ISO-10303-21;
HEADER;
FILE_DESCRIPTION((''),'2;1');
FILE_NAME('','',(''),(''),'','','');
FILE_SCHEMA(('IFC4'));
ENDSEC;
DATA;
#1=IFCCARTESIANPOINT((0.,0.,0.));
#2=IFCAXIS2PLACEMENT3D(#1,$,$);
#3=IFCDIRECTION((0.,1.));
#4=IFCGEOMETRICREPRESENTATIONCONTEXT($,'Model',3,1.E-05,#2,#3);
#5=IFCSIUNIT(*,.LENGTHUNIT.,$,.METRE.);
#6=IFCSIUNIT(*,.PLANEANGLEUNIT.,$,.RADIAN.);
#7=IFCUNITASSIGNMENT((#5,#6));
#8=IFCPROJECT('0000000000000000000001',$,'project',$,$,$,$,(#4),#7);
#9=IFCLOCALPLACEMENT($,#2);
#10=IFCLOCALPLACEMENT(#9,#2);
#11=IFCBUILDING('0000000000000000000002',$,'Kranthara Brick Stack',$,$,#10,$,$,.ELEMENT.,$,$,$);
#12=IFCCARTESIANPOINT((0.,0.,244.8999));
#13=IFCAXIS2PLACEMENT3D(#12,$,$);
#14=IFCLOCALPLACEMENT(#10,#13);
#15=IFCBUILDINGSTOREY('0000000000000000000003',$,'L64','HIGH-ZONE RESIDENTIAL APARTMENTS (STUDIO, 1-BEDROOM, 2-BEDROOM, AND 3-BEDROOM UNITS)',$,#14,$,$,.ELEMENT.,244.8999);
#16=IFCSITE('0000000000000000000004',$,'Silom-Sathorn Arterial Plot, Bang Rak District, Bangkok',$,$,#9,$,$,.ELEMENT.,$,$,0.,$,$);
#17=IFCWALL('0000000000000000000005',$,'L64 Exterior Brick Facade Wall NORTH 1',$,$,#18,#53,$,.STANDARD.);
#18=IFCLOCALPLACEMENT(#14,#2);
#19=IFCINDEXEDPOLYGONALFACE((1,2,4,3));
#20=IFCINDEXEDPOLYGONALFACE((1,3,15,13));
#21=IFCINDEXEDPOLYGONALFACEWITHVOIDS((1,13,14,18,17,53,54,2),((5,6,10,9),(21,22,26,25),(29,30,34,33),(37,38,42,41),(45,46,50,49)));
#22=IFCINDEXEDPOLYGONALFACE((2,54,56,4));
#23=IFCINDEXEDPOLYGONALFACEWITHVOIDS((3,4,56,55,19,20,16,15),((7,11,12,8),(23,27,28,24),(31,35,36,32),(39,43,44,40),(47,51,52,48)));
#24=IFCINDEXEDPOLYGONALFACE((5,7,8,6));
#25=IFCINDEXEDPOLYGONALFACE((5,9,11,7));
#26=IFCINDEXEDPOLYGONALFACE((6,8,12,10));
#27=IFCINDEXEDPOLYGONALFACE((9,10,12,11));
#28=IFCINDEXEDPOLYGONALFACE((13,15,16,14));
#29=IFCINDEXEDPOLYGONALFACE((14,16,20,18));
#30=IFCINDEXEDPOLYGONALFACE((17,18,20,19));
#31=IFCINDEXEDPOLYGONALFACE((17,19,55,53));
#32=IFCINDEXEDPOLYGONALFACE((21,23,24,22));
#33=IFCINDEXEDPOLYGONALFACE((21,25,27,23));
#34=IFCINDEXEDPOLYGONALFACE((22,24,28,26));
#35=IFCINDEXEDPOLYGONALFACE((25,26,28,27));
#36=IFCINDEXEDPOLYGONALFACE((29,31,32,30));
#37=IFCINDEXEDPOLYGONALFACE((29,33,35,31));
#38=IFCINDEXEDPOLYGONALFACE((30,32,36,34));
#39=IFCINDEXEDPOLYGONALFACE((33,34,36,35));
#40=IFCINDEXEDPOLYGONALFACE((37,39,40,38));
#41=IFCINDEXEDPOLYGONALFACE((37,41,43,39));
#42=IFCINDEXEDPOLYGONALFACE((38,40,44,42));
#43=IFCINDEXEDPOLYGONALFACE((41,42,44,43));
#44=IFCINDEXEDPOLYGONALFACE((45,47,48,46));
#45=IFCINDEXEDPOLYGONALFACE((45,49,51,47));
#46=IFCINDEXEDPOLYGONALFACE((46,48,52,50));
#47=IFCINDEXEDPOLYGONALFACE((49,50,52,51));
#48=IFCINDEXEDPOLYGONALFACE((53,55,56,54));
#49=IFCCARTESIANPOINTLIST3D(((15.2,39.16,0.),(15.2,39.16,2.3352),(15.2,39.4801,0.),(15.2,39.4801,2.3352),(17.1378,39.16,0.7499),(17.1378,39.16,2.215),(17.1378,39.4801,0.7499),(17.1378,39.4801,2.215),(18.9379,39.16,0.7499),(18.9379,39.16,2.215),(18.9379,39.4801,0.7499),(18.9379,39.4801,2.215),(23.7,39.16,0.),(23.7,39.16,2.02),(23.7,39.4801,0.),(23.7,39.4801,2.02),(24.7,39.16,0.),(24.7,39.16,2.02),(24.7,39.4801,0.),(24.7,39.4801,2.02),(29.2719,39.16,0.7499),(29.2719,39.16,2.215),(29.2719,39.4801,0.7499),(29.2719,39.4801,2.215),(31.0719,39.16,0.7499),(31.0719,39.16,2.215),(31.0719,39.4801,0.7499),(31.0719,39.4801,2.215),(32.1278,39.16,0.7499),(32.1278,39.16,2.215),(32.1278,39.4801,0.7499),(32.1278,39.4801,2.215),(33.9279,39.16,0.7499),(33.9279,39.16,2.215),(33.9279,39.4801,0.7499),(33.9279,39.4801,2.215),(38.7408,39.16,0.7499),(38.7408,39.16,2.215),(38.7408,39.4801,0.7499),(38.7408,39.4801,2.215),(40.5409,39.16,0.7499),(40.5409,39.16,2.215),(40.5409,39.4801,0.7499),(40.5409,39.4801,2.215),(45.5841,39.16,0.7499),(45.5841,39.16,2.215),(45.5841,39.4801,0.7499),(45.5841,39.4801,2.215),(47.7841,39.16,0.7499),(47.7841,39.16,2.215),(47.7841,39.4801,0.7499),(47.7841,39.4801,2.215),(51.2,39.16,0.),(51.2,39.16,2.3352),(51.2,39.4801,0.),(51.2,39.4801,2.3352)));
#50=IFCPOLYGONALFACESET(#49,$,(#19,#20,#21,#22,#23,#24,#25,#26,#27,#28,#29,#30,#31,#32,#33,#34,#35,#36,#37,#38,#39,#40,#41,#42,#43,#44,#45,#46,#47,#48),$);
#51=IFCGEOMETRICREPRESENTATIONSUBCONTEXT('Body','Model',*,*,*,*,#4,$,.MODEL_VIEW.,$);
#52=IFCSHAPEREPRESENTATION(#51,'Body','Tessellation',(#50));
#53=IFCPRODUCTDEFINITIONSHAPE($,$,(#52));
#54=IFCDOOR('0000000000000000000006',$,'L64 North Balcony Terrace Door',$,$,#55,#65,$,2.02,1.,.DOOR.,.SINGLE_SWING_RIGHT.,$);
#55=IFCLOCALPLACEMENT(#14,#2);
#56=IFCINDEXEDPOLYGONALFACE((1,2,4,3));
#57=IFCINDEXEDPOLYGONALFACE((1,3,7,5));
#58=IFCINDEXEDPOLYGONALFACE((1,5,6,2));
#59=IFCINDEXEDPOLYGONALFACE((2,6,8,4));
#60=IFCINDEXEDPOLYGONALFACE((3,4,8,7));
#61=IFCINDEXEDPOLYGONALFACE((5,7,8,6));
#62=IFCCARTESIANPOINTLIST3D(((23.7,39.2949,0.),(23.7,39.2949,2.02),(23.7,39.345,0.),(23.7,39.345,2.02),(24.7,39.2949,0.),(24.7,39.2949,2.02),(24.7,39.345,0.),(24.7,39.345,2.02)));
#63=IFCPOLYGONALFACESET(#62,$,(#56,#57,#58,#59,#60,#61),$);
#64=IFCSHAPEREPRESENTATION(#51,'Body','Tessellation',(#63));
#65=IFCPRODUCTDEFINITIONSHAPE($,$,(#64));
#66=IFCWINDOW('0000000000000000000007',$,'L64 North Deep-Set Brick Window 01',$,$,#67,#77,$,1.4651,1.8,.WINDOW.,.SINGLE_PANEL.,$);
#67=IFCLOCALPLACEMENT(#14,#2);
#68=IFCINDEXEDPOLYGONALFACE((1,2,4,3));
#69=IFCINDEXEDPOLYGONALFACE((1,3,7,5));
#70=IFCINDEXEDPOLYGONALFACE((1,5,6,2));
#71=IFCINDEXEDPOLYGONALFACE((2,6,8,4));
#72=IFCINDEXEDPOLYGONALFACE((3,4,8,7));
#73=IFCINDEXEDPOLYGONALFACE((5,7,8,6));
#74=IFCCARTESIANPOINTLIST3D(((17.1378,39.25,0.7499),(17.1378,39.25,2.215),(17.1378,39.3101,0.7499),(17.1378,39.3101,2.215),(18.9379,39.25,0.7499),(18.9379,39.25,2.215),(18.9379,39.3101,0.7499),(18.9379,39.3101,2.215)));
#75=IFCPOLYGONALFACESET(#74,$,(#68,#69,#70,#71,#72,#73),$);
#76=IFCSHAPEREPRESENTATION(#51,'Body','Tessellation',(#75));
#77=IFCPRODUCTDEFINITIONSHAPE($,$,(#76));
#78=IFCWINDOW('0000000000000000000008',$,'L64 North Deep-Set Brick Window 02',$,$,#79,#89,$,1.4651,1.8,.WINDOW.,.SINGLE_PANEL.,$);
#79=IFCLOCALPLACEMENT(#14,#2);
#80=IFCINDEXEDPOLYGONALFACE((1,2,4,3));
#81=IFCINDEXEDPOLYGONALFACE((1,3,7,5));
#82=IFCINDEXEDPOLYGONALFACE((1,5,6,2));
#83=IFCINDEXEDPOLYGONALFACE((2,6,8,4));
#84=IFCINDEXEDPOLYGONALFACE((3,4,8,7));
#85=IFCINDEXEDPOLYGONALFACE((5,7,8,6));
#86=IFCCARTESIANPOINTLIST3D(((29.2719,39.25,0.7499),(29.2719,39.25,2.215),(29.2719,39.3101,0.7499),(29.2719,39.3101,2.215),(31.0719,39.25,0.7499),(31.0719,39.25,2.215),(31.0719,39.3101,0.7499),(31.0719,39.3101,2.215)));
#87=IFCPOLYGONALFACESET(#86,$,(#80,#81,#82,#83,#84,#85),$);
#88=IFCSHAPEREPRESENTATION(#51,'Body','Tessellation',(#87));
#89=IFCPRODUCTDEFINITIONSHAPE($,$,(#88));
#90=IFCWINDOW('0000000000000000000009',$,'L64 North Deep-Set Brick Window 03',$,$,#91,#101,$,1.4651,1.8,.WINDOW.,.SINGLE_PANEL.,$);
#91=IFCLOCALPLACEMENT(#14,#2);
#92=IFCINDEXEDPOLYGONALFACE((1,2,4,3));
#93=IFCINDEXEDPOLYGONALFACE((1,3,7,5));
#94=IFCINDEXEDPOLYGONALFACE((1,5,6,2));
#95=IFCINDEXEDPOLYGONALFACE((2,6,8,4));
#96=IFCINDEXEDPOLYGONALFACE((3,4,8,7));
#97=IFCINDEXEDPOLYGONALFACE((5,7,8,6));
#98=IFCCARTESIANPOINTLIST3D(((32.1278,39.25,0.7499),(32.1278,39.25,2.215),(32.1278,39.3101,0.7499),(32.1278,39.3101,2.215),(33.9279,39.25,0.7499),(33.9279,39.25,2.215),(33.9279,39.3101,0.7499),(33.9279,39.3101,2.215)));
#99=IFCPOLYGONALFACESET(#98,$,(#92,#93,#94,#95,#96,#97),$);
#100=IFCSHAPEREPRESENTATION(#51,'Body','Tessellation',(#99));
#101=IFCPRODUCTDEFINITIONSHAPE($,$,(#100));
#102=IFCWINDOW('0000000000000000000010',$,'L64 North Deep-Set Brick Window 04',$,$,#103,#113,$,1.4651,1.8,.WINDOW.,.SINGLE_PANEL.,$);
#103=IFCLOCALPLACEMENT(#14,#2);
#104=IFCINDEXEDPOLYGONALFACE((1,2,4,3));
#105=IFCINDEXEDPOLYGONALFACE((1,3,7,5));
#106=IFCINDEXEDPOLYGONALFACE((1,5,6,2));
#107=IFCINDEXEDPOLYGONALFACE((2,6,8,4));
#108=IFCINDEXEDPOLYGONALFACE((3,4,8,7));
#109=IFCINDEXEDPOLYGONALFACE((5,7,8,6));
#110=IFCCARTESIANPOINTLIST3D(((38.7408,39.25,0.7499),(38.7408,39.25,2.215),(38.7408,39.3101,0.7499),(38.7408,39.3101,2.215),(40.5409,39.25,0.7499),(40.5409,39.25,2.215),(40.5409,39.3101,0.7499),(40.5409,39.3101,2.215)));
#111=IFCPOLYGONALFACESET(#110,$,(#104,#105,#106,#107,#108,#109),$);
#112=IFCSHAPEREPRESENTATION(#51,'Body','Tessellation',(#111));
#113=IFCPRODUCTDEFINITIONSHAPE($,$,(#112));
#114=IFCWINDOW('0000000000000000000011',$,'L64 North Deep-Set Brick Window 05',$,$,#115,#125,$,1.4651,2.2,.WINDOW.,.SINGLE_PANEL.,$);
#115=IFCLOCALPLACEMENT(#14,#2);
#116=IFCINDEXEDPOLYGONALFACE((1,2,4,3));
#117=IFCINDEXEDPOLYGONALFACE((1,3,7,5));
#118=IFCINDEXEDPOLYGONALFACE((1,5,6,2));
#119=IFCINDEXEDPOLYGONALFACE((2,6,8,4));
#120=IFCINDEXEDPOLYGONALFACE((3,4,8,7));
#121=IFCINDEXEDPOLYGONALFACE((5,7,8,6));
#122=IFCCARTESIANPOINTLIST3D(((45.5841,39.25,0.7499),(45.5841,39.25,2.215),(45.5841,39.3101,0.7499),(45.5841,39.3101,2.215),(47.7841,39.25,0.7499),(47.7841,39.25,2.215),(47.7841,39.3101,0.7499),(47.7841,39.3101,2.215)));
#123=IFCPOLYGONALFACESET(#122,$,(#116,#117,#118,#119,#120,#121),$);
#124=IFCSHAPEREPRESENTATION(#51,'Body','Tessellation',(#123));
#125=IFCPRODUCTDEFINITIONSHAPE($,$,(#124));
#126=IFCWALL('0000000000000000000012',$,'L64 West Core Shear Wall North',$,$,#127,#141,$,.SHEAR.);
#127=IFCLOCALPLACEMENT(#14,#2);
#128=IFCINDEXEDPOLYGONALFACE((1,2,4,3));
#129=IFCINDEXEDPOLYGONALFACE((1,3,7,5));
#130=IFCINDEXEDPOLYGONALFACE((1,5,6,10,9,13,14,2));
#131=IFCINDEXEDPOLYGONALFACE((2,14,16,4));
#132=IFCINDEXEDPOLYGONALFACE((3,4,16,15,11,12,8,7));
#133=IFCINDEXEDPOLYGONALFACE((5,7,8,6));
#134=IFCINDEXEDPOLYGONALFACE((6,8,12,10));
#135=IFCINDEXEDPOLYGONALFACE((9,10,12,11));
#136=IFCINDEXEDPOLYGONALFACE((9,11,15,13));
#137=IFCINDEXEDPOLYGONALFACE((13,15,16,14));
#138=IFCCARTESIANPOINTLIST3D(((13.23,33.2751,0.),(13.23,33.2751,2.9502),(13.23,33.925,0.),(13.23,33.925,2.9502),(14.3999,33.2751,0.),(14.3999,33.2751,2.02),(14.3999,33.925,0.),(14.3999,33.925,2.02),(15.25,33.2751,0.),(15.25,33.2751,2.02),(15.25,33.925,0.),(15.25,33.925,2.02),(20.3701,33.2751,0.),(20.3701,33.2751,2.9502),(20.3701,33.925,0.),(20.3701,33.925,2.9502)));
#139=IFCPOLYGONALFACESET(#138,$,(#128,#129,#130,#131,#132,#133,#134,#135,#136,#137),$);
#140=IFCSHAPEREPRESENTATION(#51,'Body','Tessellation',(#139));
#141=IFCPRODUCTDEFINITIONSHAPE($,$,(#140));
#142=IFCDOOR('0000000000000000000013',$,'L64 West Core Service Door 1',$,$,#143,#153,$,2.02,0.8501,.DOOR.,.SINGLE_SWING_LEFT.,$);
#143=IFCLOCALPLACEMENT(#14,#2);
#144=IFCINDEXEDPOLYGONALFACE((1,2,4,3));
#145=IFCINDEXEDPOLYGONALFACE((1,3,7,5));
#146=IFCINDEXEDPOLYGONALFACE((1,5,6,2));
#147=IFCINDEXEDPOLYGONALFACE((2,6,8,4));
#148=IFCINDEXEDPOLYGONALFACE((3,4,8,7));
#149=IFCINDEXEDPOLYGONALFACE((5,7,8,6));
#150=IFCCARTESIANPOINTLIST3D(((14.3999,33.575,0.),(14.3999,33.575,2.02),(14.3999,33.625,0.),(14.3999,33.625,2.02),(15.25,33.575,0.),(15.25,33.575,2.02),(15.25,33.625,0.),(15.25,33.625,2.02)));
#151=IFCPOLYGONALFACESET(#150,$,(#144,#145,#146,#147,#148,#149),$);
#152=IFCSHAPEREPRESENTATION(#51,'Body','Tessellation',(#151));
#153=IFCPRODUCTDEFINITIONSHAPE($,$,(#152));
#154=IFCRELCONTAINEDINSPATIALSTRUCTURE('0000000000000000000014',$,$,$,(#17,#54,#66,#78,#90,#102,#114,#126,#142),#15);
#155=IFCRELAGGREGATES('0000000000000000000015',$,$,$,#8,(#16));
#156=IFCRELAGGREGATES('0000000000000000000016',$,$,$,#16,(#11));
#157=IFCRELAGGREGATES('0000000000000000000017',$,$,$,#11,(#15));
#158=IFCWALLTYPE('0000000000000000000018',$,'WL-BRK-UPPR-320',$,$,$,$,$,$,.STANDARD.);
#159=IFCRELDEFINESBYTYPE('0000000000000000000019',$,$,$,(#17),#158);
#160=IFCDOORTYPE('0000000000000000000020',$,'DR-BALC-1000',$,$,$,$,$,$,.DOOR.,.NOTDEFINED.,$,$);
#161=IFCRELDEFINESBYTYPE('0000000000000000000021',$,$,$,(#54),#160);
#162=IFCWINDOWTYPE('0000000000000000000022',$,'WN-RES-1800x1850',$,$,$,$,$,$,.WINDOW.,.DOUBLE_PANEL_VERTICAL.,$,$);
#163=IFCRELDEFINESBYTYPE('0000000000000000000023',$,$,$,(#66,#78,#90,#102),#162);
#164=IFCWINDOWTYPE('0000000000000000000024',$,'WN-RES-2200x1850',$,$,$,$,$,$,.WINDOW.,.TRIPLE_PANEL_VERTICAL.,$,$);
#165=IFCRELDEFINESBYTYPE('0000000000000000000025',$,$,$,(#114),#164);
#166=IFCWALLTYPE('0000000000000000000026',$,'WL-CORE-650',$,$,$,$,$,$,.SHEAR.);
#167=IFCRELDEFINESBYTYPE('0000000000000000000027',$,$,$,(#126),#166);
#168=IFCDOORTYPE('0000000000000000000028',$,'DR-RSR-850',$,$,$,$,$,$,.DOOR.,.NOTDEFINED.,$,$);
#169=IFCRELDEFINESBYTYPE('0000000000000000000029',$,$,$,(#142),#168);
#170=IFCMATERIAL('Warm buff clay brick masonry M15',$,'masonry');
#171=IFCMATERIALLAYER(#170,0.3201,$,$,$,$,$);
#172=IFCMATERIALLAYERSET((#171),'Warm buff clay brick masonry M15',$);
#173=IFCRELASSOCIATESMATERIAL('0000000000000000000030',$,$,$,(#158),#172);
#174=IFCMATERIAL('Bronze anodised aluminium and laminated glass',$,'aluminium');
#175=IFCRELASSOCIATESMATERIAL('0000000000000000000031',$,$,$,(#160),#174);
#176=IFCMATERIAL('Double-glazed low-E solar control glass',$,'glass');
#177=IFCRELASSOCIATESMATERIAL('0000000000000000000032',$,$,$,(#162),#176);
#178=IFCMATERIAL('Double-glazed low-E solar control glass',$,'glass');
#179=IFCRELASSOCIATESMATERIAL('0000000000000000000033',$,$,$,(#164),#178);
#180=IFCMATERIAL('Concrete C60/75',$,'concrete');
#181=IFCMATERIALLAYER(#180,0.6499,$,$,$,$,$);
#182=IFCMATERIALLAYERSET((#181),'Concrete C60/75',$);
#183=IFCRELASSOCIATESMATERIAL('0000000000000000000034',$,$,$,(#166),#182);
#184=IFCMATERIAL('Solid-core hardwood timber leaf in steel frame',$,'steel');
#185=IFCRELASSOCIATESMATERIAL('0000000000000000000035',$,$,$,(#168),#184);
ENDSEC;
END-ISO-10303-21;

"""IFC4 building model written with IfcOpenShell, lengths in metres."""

from ifc_helpers import new_model, si_unit, direction, frame, frame_2d, origin, place, context, subcontext, project, spatial, rectangle, extrude, material, layer, layer_set, type_object, element, fill, save


model = new_model("IFC4")

# Units and contexts
model_context = context("Model", 3, precision=1e-05, world=origin(), true_north=direction((0.0, 1.0)))
body_context = subcontext(model_context, "Body", "Model", "MODEL_VIEW")
ifc_project = project(units=[si_unit("LENGTHUNIT", "METRE"), si_unit("PLANEANGLEUNIT", "RADIAN")], contexts=[model_context])

# Site, building, storey
site_placement = place(None, origin())
site = spatial("IfcSite", under=ifc_project, at=site_placement, Name="Silom-Sathorn Arterial Plot, Bang Rak District, Bangkok", CompositionType="ELEMENT", RefElevation=0.0)
building_placement = place(site_placement, origin())
building = spatial("IfcBuilding", under=site, at=building_placement, Name="Kranthara Brick Stack", CompositionType="ELEMENT")
storey_placement = place(building_placement, frame((0.0, 0.0, 244.8999)))
storey = spatial("IfcBuildingStorey", under=building, at=storey_placement, Name="L64", Description="HIGH-ZONE RESIDENTIAL APARTMENTS (STUDIO, 1-BEDROOM, 2-BEDROOM, AND 3-BEDROOM UNITS)", CompositionType="ELEMENT", Elevation=244.8999)

# Shared definitions
ifc_material_1 = material(Name="Warm buff clay brick masonry M15", Category="masonry")
ifc_layer_1 = layer(ifc_material_1, 0.3201)
ifc_layer_set_1 = layer_set([ifc_layer_1], Name="Warm buff clay brick masonry M15")
wall_type_1 = type_object("IfcWallType", Name="WL-BRK-UPPR-320", PredefinedType="STANDARD", material=ifc_layer_set_1)

# Wall, openings, door, windows
wall_1_placement = place(storey_placement, frame((15.2, 39.3201, 0.0), z_axis=(0.0, 0.0, 1.0), x_axis=(1.0, 0.0, 0.0)))
wall_1 = element("IfcWall", 1, at=wall_1_placement, inside=storey, type_object=wall_type_1, Name="L64 Exterior Brick Facade Wall NORTH 1", PredefinedType="STANDARD", context=body_context, shape_type="SweptSolid", body=[
    extrude(rectangle(XDim=36.0, YDim=0.3201, at=frame_2d((18.0, 0.0))), origin(), (0.0, 0.0, 1.0), 2.3352),
])
opening_1_placement = place(wall_1_placement, frame((8.5, 0.0, 0.0)))
opening_1 = element("IfcOpeningElement", 2, at=opening_1_placement, cuts=wall_1, PredefinedType="OPENING", context=body_context, shape_type="SweptSolid", body=[
    extrude(rectangle(XDim=1.0, YDim=2.02, at=frame_2d((0.5, 1.01))), frame((0.0, 0.1699, 0.0), z_axis=(0.0, -1.0, 0.0), x_axis=(1.0, 0.0, 0.0)), (0.0, 0.0, 1.0), 0.3401),
])
opening_2_placement = place(wall_1_placement, frame((1.938, 0.0, 0.75)))
opening_2 = element("IfcOpeningElement", 3, at=opening_2_placement, cuts=wall_1, PredefinedType="OPENING", context=body_context, shape_type="SweptSolid", body=[
    extrude(rectangle(XDim=1.8, YDim=1.4651, at=frame_2d((0.8999, 0.7324))), frame((0.0, 0.1699, 0.0), z_axis=(0.0, -1.0, 0.0), x_axis=(1.0, 0.0, 0.0)), (0.0, 0.0, 1.0), 0.3401),
])
opening_3_placement = place(wall_1_placement, frame((14.072, 0.0, 0.75)))
opening_3 = element("IfcOpeningElement", 4, at=opening_3_placement, cuts=wall_1, PredefinedType="OPENING", context=body_context, shape_type="SweptSolid", body=[
    extrude(rectangle(XDim=1.8, YDim=1.4651, at=frame_2d((0.8999, 0.7324))), frame((0.0, 0.1699, 0.0), z_axis=(0.0, -1.0, 0.0), x_axis=(1.0, 0.0, 0.0)), (0.0, 0.0, 1.0), 0.3401),
])
opening_4_placement = place(wall_1_placement, frame((16.928, 0.0, 0.75)))
opening_4 = element("IfcOpeningElement", 5, at=opening_4_placement, cuts=wall_1, PredefinedType="OPENING", context=body_context, shape_type="SweptSolid", body=[
    extrude(rectangle(XDim=1.8, YDim=1.4651, at=frame_2d((0.8999, 0.7324))), frame((0.0, 0.1699, 0.0), z_axis=(0.0, -1.0, 0.0), x_axis=(1.0, 0.0, 0.0)), (0.0, 0.0, 1.0), 0.3401),
])
opening_5_placement = place(wall_1_placement, frame((23.541, 0.0, 0.75)))
opening_5 = element("IfcOpeningElement", 6, at=opening_5_placement, cuts=wall_1, PredefinedType="OPENING", context=body_context, shape_type="SweptSolid", body=[
    extrude(rectangle(XDim=1.8, YDim=1.4651, at=frame_2d((0.8999, 0.7324))), frame((0.0, 0.1699, 0.0), z_axis=(0.0, -1.0, 0.0), x_axis=(1.0, 0.0, 0.0)), (0.0, 0.0, 1.0), 0.3401),
])
opening_6_placement = place(wall_1_placement, frame((30.384, 0.0, 0.75)))
opening_6 = element("IfcOpeningElement", 7, at=opening_6_placement, cuts=wall_1, PredefinedType="OPENING", context=body_context, shape_type="SweptSolid", body=[
    extrude(rectangle(XDim=2.2, YDim=1.4651, at=frame_2d((1.1001, 0.7324))), frame((0.0, 0.1699, 0.0), z_axis=(0.0, -1.0, 0.0), x_axis=(1.0, 0.0, 0.0)), (0.0, 0.0, 1.0), 0.3401),
])
ifc_material_2 = material(Name="Bronze anodised aluminium and laminated glass", Category="aluminium")
door_type_1 = type_object("IfcDoorType", Name="DR-BALC-1000", OperationType="NOTDEFINED", PredefinedType="DOOR", material=ifc_material_2)
door_1_placement = place(opening_1_placement, origin())
door_1 = element("IfcDoor", 8, at=door_1_placement, inside=storey, type_object=door_type_1, Name="L64 North Balcony Terrace Door", OperationType="SINGLE_SWING_RIGHT", OverallHeight=2.02, OverallWidth=1.0, PredefinedType="DOOR", context=body_context, shape_type="SweptSolid", body=[
    extrude(rectangle(XDim=1.0, YDim=2.02, at=frame_2d((0.5, 1.01))), frame((0.0, 0.0249, 0.0), z_axis=(0.0, -1.0, 0.0), x_axis=(1.0, 0.0, 0.0)), (0.0, 0.0, 1.0), 0.05),
])
fill(opening_1, door_1)
ifc_material_3 = material(Name="Double-glazed low-E solar control glass", Category="glass")
window_type_1 = type_object("IfcWindowType", Name="WN-RES-1800x1850", PartitioningType="DOUBLE_PANEL_VERTICAL", PredefinedType="WINDOW", material=ifc_material_3)
window_1_placement = place(opening_2_placement, origin())
window_1 = element("IfcWindow", 9, at=window_1_placement, inside=storey, type_object=window_type_1, Name="L64 North Deep-Set Brick Window 01", OverallHeight=1.4651, OverallWidth=1.8, PartitioningType="SINGLE_PANEL", PredefinedType="WINDOW", context=body_context, shape_type="SweptSolid", body=[
    extrude(rectangle(XDim=1.8, YDim=1.4651, at=frame_2d((0.8999, 0.7324))), frame((0.0, -0.01, 0.0), z_axis=(0.0, -1.0, 0.0), x_axis=(1.0, 0.0, 0.0)), (0.0, 0.0, 1.0), 0.0601),
])
fill(opening_2, window_1)
window_2_placement = place(opening_3_placement, origin())
window_2 = element("IfcWindow", 10, at=window_2_placement, inside=storey, type_object=window_type_1, Name="L64 North Deep-Set Brick Window 02", OverallHeight=1.4651, OverallWidth=1.8, PartitioningType="SINGLE_PANEL", PredefinedType="WINDOW", context=body_context, shape_type="SweptSolid", body=[
    extrude(rectangle(XDim=1.8, YDim=1.4651, at=frame_2d((0.8999, 0.7324))), frame((0.0, -0.01, 0.0), z_axis=(0.0, -1.0, 0.0), x_axis=(1.0, 0.0, 0.0)), (0.0, 0.0, 1.0), 0.0601),
])
fill(opening_3, window_2)
window_3_placement = place(opening_4_placement, origin())
window_3 = element("IfcWindow", 11, at=window_3_placement, inside=storey, type_object=window_type_1, Name="L64 North Deep-Set Brick Window 03", OverallHeight=1.4651, OverallWidth=1.8, PartitioningType="SINGLE_PANEL", PredefinedType="WINDOW", context=body_context, shape_type="SweptSolid", body=[
    extrude(rectangle(XDim=1.8, YDim=1.4651, at=frame_2d((0.8999, 0.7324))), frame((0.0, -0.01, 0.0), z_axis=(0.0, -1.0, 0.0), x_axis=(1.0, 0.0, 0.0)), (0.0, 0.0, 1.0), 0.0601),
])
fill(opening_4, window_3)
window_4_placement = place(opening_5_placement, origin())
window_4 = element("IfcWindow", 12, at=window_4_placement, inside=storey, type_object=window_type_1, Name="L64 North Deep-Set Brick Window 04", OverallHeight=1.4651, OverallWidth=1.8, PartitioningType="SINGLE_PANEL", PredefinedType="WINDOW", context=body_context, shape_type="SweptSolid", body=[
    extrude(rectangle(XDim=1.8, YDim=1.4651, at=frame_2d((0.8999, 0.7324))), frame((0.0, -0.01, 0.0), z_axis=(0.0, -1.0, 0.0), x_axis=(1.0, 0.0, 0.0)), (0.0, 0.0, 1.0), 0.0601),
])
fill(opening_5, window_4)
ifc_material_4 = material(Name="Double-glazed low-E solar control glass", Category="glass")
window_type_2 = type_object("IfcWindowType", Name="WN-RES-2200x1850", PartitioningType="TRIPLE_PANEL_VERTICAL", PredefinedType="WINDOW", material=ifc_material_4)
window_5_placement = place(opening_6_placement, origin())
window_5 = element("IfcWindow", 13, at=window_5_placement, inside=storey, type_object=window_type_2, Name="L64 North Deep-Set Brick Window 05", OverallHeight=1.4651, OverallWidth=2.2, PartitioningType="SINGLE_PANEL", PredefinedType="WINDOW", context=body_context, shape_type="SweptSolid", body=[
    extrude(rectangle(XDim=2.2, YDim=1.4651, at=frame_2d((1.1001, 0.7324))), frame((0.0, -0.01, 0.0), z_axis=(0.0, -1.0, 0.0), x_axis=(1.0, 0.0, 0.0)), (0.0, 0.0, 1.0), 0.0601),
])
fill(opening_6, window_5)

# Wall, opening, door
ifc_material_5 = material(Name="Concrete C60/75", Category="concrete")
ifc_layer_2 = layer(ifc_material_5, 0.6499)
ifc_layer_set_2 = layer_set([ifc_layer_2], Name="Concrete C60/75")
wall_type_2 = type_object("IfcWallType", Name="WL-CORE-650", PredefinedType="SHEAR", material=ifc_layer_set_2)
wall_2_placement = place(storey_placement, frame((13.23, 33.6001, 0.0), z_axis=(0.0, 0.0, 1.0), x_axis=(1.0, 0.0, 0.0)))
wall_2 = element("IfcWall", 14, at=wall_2_placement, inside=storey, type_object=wall_type_2, Name="L64 West Core Shear Wall North", PredefinedType="SHEAR", context=body_context, shape_type="SweptSolid", body=[
    extrude(rectangle(XDim=7.1401, YDim=0.6499, at=frame_2d((3.5701, 0.0))), origin(), (0.0, 0.0, 1.0), 2.9502),
])
opening_7_placement = place(wall_2_placement, frame((1.1699, 0.0, 0.0)))
opening_7 = element("IfcOpeningElement", 15, at=opening_7_placement, cuts=wall_2, PredefinedType="OPENING", context=body_context, shape_type="SweptSolid", body=[
    extrude(rectangle(XDim=0.8501, YDim=2.02, at=frame_2d((0.425, 1.01))), frame((0.0, 0.335, 0.0), z_axis=(0.0, -1.0, 0.0), x_axis=(1.0, 0.0, 0.0)), (0.0, 0.0, 1.0), 0.6699),
])
ifc_material_6 = material(Name="Solid-core hardwood timber leaf in steel frame", Category="steel")
door_type_2 = type_object("IfcDoorType", Name="DR-RSR-850", OperationType="NOTDEFINED", PredefinedType="DOOR", material=ifc_material_6)
door_2_placement = place(opening_7_placement, origin())
door_2 = element("IfcDoor", 16, at=door_2_placement, inside=storey, type_object=door_type_2, Name="L64 West Core Service Door 1", OperationType="SINGLE_SWING_LEFT", OverallHeight=2.02, OverallWidth=0.8501, PredefinedType="DOOR", context=body_context, shape_type="SweptSolid", body=[
    extrude(rectangle(XDim=0.8501, YDim=2.02, at=frame_2d((0.425, 1.01))), frame((0.0, 0.0249, 0.0), z_axis=(0.0, -1.0, 0.0), x_axis=(1.0, 0.0, 0.0)), (0.0, 0.0, 1.0), 0.05),
])
fill(opening_7, door_2)

save(model, "model.ifc")
